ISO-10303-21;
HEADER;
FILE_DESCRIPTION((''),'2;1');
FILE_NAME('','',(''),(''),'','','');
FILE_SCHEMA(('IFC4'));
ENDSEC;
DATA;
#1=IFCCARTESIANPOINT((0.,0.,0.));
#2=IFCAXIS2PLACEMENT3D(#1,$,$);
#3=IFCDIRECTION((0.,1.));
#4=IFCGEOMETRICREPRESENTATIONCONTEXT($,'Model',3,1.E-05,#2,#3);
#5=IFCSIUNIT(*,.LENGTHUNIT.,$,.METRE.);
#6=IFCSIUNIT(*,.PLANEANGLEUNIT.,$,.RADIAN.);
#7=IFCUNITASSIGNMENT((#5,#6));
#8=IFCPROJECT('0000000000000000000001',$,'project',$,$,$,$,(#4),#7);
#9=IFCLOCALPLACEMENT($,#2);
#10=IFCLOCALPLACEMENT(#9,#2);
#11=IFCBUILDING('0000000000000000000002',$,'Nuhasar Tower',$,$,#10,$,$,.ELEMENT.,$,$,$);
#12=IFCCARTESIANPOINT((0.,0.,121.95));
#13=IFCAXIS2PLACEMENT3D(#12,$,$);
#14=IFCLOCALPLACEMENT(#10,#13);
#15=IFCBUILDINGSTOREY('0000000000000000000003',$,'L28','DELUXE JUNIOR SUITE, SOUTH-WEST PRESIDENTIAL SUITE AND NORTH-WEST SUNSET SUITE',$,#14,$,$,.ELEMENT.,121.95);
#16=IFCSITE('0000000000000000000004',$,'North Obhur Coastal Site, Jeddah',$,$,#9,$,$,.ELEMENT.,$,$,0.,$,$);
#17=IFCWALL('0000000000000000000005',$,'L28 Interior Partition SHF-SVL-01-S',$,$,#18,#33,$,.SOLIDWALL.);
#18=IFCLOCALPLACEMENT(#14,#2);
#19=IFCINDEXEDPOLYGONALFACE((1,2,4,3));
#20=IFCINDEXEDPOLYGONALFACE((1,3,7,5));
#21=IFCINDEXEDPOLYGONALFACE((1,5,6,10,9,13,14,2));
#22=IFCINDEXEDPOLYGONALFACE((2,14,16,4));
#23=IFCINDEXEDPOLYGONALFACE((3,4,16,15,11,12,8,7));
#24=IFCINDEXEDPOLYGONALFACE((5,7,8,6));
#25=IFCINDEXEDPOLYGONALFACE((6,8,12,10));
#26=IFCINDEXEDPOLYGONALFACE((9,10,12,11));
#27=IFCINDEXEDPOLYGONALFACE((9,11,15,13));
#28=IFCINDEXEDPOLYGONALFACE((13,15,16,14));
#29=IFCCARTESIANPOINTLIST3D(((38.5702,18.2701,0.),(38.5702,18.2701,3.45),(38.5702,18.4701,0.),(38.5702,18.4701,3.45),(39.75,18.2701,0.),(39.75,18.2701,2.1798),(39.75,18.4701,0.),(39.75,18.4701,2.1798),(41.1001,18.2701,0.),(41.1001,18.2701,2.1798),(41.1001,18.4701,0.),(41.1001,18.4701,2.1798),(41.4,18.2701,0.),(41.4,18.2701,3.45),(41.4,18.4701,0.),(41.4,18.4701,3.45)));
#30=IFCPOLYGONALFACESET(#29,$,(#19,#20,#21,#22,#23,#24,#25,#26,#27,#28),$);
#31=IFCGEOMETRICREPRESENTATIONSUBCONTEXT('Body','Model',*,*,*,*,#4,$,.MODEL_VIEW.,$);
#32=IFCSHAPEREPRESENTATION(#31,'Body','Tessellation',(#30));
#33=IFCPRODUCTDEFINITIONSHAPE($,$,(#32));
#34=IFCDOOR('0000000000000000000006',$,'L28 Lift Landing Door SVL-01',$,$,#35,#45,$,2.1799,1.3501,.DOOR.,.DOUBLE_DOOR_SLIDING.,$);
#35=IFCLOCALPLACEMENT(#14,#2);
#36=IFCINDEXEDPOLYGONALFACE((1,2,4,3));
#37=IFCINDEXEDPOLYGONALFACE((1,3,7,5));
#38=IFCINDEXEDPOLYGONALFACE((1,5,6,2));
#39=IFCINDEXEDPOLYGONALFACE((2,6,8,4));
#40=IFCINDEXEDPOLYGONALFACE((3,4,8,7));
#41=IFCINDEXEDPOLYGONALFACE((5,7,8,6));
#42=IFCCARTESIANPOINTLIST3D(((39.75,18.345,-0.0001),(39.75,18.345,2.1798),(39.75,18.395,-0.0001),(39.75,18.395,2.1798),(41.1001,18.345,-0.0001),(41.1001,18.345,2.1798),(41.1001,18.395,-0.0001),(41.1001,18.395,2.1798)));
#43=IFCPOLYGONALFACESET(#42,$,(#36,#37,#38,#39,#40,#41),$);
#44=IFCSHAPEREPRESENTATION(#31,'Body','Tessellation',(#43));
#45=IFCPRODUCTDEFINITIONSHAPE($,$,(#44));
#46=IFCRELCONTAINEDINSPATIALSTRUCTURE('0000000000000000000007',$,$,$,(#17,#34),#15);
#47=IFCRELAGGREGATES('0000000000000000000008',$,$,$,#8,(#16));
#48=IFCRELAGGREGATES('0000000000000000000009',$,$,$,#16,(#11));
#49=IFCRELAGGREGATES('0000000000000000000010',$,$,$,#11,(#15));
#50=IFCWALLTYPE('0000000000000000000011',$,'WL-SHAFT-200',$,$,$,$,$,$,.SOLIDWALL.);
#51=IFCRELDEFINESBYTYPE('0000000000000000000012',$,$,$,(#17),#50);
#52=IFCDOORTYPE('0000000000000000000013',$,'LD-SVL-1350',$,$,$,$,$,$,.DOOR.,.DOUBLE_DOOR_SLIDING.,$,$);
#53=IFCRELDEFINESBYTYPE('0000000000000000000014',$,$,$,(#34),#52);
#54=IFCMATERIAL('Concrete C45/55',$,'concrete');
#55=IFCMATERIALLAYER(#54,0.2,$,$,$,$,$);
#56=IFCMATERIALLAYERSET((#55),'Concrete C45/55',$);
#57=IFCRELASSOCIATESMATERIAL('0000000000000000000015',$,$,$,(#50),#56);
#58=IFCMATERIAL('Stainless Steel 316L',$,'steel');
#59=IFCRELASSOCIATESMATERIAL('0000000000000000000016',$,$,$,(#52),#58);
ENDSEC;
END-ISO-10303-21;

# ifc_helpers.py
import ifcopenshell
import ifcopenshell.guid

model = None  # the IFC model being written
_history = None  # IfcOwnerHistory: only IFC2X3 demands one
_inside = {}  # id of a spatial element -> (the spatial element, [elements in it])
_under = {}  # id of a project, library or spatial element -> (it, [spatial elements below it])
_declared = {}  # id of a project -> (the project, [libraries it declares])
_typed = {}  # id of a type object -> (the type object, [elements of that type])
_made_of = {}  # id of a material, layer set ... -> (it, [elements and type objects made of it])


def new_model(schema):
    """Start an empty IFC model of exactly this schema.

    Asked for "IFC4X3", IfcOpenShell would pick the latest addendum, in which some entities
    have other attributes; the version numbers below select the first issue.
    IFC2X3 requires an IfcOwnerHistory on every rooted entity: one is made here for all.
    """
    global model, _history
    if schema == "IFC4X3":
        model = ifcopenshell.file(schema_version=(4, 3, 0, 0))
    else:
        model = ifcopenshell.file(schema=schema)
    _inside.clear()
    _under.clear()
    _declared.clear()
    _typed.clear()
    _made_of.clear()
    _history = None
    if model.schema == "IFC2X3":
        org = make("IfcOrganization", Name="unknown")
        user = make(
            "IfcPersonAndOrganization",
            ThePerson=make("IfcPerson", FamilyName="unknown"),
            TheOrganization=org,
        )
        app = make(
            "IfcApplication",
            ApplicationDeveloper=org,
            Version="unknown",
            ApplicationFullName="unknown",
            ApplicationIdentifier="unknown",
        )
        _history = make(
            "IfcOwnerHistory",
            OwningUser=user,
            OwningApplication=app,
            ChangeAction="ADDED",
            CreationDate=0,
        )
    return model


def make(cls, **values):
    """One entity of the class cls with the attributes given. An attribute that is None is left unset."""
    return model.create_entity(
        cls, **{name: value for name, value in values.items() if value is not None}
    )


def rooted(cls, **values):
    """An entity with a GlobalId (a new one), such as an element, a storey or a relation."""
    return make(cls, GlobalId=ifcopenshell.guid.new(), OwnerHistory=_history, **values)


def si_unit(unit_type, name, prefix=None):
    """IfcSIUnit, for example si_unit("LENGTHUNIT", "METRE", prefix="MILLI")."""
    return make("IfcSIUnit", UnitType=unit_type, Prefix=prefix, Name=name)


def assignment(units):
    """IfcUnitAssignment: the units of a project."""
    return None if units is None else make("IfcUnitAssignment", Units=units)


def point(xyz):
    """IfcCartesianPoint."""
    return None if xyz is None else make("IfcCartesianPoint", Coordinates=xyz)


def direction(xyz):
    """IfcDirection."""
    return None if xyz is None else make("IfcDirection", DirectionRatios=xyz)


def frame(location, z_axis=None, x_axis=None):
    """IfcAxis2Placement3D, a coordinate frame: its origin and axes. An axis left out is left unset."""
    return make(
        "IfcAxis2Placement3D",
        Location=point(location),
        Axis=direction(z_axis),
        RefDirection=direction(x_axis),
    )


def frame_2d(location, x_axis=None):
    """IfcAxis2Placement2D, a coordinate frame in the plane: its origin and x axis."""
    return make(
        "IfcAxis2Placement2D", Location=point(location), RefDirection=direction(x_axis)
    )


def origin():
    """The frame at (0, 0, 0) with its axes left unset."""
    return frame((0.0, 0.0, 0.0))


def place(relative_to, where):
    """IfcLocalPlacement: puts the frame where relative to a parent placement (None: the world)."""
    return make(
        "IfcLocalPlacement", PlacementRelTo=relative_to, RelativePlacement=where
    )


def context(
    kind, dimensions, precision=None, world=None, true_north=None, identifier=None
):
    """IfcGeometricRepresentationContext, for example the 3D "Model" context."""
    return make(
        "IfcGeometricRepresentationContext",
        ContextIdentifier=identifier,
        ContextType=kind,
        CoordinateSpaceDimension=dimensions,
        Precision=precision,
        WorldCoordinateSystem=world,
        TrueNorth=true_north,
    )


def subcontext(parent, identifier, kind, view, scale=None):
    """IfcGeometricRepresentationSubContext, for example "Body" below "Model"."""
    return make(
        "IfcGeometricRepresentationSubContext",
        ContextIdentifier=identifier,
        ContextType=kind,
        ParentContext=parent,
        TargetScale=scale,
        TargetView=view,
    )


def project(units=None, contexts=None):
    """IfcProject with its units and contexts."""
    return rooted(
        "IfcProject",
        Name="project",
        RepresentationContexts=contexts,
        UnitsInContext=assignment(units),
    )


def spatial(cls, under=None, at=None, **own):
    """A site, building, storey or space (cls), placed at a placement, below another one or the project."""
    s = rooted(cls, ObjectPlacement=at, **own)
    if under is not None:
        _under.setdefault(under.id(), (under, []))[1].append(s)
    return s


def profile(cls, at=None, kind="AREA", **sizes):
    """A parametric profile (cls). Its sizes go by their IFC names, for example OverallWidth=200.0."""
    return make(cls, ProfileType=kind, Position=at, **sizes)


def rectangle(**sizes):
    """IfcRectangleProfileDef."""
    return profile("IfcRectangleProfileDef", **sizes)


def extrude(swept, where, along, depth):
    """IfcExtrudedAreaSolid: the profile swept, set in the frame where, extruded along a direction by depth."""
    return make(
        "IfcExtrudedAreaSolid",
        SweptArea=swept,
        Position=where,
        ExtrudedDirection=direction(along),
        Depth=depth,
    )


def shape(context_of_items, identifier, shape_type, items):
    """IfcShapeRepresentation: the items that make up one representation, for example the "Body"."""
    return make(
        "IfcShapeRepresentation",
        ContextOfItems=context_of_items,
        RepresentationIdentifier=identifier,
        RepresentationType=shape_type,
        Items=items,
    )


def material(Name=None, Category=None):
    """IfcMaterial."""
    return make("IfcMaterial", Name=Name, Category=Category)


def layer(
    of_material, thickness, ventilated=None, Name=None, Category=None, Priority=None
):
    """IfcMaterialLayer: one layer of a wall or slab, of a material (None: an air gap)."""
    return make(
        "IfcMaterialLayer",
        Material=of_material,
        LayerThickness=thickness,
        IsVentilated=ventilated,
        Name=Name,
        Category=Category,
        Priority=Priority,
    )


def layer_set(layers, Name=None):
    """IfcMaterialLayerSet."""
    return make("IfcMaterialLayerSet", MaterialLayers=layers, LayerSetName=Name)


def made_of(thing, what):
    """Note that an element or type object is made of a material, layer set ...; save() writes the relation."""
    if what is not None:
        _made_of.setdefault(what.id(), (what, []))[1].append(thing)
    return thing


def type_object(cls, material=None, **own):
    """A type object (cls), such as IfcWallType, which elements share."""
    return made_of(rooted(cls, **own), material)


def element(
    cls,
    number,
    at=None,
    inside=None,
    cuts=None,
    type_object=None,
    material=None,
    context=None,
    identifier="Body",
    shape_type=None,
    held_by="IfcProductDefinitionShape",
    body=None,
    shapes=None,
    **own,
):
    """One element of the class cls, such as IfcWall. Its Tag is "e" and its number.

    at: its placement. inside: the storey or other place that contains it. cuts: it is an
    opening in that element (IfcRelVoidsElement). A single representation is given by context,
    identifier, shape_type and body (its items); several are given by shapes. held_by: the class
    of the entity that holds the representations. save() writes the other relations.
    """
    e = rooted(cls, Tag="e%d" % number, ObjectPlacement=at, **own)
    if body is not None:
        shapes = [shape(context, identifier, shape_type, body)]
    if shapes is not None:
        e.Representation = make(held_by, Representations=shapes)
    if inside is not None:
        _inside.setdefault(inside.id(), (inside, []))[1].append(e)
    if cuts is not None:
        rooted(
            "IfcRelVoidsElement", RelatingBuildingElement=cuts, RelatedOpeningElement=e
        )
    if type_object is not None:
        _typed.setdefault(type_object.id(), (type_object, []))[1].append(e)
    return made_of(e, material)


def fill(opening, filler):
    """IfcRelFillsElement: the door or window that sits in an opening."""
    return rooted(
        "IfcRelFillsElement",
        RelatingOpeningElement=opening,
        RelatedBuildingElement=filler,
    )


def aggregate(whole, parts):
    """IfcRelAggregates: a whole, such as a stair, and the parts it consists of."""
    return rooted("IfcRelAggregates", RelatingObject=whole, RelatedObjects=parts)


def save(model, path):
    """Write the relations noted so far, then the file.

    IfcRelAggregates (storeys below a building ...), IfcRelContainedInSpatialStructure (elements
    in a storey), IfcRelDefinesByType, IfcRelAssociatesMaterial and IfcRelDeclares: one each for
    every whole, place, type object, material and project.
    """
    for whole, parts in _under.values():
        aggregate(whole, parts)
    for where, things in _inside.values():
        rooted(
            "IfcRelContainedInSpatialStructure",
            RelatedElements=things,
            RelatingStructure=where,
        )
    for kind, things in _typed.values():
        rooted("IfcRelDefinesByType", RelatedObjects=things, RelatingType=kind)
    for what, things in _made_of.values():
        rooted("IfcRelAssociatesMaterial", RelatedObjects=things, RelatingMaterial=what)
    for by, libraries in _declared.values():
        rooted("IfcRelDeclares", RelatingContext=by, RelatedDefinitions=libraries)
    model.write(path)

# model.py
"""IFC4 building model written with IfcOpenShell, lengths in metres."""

from ifc_helpers import new_model, si_unit, direction, frame, frame_2d, origin, place, context, subcontext, project, spatial, rectangle, extrude, material, layer, layer_set, type_object, element, fill, save


model = new_model("IFC4")

# Units and contexts
model_context = context("Model", 3, precision=1e-05, world=origin(), true_north=direction((0.0, 1.0)))
body_context = subcontext(model_context, "Body", "Model", "MODEL_VIEW")
ifc_project = project(units=[si_unit("LENGTHUNIT", "METRE"), si_unit("PLANEANGLEUNIT", "RADIAN")], contexts=[model_context])

# Site, building, storey
site_placement = place(None, origin())
site = spatial("IfcSite", under=ifc_project, at=site_placement, Name="North Obhur Coastal Site, Jeddah", CompositionType="ELEMENT", RefElevation=0.0)
building_placement = place(site_placement, origin())
building = spatial("IfcBuilding", under=site, at=building_placement, Name="Nuhasar Tower", CompositionType="ELEMENT")
storey_placement = place(building_placement, frame((0.0, 0.0, 121.95)))
storey = spatial("IfcBuildingStorey", under=building, at=storey_placement, Name="L28", Description="DELUXE JUNIOR SUITE, SOUTH-WEST PRESIDENTIAL SUITE AND NORTH-WEST SUNSET SUITE", CompositionType="ELEMENT", Elevation=121.95)

# Shared definitions
ifc_material_1 = material(Name="Concrete C45/55", Category="concrete")
ifc_layer_1 = layer(ifc_material_1, 0.2)
ifc_layer_set_1 = layer_set([ifc_layer_1], Name="Concrete C45/55")
wall_type_1 = type_object("IfcWallType", Name="WL-SHAFT-200", PredefinedType="SOLIDWALL", material=ifc_layer_set_1)

# Shared definitions
ifc_material_2 = material(Name="Stainless Steel 316L", Category="steel")

# Wall, opening, door
wall_1_placement = place(storey_placement, frame((38.5701, 18.3701, 0.0), z_axis=(0.0, 0.0, 1.0), x_axis=(1.0, 0.0, 0.0)))
wall_1 = element("IfcWall", 1, at=wall_1_placement, inside=storey, type_object=wall_type_1, Name="L28 Interior Partition SHF-SVL-01-S", PredefinedType="SOLIDWALL", context=body_context, shape_type="SweptSolid", body=[
    extrude(rectangle(XDim=2.8298, YDim=0.2, at=frame_2d((1.415, 0.0))), origin(), (0.0, 0.0, 1.0), 3.45),
])
opening_1_placement = place(wall_1_placement, frame((1.1799, 0.0, 0.0)))
opening_1 = element("IfcOpeningElement", 2, at=opening_1_placement, cuts=wall_1, PredefinedType="OPENING", context=body_context, shape_type="SweptSolid", body=[
    extrude(rectangle(XDim=1.3501, YDim=2.1799, at=frame_2d((0.675, 1.0898))), frame((0.0, 0.1099, 0.0), z_axis=(0.0, -1.0, 0.0), x_axis=(1.0, 0.0, 0.0)), (0.0, 0.0, 1.0), 0.22),
])
door_type_1 = type_object("IfcDoorType", Name="LD-SVL-1350", OperationType="DOUBLE_DOOR_SLIDING", PredefinedType="DOOR", material=ifc_material_2)
door_1_placement = place(opening_1_placement, origin())
door_1 = element("IfcDoor", 3, at=door_1_placement, inside=storey, type_object=door_type_1, Name="L28 Lift Landing Door SVL-01", OperationType="DOUBLE_DOOR_SLIDING", OverallHeight=2.1799, OverallWidth=1.3501, PredefinedType="DOOR", context=body_context, shape_type="SweptSolid", body=[
    extrude(rectangle(XDim=1.3501, YDim=2.1799, at=frame_2d((0.675, 1.0898))), frame((0.0, 0.0249, 0.0), z_axis=(0.0, -1.0, 0.0), x_axis=(1.0, 0.0, 0.0)), (0.0, 0.0, 1.0), 0.05),
])
fill(opening_1, door_1)

save(model, "model.ifc")
